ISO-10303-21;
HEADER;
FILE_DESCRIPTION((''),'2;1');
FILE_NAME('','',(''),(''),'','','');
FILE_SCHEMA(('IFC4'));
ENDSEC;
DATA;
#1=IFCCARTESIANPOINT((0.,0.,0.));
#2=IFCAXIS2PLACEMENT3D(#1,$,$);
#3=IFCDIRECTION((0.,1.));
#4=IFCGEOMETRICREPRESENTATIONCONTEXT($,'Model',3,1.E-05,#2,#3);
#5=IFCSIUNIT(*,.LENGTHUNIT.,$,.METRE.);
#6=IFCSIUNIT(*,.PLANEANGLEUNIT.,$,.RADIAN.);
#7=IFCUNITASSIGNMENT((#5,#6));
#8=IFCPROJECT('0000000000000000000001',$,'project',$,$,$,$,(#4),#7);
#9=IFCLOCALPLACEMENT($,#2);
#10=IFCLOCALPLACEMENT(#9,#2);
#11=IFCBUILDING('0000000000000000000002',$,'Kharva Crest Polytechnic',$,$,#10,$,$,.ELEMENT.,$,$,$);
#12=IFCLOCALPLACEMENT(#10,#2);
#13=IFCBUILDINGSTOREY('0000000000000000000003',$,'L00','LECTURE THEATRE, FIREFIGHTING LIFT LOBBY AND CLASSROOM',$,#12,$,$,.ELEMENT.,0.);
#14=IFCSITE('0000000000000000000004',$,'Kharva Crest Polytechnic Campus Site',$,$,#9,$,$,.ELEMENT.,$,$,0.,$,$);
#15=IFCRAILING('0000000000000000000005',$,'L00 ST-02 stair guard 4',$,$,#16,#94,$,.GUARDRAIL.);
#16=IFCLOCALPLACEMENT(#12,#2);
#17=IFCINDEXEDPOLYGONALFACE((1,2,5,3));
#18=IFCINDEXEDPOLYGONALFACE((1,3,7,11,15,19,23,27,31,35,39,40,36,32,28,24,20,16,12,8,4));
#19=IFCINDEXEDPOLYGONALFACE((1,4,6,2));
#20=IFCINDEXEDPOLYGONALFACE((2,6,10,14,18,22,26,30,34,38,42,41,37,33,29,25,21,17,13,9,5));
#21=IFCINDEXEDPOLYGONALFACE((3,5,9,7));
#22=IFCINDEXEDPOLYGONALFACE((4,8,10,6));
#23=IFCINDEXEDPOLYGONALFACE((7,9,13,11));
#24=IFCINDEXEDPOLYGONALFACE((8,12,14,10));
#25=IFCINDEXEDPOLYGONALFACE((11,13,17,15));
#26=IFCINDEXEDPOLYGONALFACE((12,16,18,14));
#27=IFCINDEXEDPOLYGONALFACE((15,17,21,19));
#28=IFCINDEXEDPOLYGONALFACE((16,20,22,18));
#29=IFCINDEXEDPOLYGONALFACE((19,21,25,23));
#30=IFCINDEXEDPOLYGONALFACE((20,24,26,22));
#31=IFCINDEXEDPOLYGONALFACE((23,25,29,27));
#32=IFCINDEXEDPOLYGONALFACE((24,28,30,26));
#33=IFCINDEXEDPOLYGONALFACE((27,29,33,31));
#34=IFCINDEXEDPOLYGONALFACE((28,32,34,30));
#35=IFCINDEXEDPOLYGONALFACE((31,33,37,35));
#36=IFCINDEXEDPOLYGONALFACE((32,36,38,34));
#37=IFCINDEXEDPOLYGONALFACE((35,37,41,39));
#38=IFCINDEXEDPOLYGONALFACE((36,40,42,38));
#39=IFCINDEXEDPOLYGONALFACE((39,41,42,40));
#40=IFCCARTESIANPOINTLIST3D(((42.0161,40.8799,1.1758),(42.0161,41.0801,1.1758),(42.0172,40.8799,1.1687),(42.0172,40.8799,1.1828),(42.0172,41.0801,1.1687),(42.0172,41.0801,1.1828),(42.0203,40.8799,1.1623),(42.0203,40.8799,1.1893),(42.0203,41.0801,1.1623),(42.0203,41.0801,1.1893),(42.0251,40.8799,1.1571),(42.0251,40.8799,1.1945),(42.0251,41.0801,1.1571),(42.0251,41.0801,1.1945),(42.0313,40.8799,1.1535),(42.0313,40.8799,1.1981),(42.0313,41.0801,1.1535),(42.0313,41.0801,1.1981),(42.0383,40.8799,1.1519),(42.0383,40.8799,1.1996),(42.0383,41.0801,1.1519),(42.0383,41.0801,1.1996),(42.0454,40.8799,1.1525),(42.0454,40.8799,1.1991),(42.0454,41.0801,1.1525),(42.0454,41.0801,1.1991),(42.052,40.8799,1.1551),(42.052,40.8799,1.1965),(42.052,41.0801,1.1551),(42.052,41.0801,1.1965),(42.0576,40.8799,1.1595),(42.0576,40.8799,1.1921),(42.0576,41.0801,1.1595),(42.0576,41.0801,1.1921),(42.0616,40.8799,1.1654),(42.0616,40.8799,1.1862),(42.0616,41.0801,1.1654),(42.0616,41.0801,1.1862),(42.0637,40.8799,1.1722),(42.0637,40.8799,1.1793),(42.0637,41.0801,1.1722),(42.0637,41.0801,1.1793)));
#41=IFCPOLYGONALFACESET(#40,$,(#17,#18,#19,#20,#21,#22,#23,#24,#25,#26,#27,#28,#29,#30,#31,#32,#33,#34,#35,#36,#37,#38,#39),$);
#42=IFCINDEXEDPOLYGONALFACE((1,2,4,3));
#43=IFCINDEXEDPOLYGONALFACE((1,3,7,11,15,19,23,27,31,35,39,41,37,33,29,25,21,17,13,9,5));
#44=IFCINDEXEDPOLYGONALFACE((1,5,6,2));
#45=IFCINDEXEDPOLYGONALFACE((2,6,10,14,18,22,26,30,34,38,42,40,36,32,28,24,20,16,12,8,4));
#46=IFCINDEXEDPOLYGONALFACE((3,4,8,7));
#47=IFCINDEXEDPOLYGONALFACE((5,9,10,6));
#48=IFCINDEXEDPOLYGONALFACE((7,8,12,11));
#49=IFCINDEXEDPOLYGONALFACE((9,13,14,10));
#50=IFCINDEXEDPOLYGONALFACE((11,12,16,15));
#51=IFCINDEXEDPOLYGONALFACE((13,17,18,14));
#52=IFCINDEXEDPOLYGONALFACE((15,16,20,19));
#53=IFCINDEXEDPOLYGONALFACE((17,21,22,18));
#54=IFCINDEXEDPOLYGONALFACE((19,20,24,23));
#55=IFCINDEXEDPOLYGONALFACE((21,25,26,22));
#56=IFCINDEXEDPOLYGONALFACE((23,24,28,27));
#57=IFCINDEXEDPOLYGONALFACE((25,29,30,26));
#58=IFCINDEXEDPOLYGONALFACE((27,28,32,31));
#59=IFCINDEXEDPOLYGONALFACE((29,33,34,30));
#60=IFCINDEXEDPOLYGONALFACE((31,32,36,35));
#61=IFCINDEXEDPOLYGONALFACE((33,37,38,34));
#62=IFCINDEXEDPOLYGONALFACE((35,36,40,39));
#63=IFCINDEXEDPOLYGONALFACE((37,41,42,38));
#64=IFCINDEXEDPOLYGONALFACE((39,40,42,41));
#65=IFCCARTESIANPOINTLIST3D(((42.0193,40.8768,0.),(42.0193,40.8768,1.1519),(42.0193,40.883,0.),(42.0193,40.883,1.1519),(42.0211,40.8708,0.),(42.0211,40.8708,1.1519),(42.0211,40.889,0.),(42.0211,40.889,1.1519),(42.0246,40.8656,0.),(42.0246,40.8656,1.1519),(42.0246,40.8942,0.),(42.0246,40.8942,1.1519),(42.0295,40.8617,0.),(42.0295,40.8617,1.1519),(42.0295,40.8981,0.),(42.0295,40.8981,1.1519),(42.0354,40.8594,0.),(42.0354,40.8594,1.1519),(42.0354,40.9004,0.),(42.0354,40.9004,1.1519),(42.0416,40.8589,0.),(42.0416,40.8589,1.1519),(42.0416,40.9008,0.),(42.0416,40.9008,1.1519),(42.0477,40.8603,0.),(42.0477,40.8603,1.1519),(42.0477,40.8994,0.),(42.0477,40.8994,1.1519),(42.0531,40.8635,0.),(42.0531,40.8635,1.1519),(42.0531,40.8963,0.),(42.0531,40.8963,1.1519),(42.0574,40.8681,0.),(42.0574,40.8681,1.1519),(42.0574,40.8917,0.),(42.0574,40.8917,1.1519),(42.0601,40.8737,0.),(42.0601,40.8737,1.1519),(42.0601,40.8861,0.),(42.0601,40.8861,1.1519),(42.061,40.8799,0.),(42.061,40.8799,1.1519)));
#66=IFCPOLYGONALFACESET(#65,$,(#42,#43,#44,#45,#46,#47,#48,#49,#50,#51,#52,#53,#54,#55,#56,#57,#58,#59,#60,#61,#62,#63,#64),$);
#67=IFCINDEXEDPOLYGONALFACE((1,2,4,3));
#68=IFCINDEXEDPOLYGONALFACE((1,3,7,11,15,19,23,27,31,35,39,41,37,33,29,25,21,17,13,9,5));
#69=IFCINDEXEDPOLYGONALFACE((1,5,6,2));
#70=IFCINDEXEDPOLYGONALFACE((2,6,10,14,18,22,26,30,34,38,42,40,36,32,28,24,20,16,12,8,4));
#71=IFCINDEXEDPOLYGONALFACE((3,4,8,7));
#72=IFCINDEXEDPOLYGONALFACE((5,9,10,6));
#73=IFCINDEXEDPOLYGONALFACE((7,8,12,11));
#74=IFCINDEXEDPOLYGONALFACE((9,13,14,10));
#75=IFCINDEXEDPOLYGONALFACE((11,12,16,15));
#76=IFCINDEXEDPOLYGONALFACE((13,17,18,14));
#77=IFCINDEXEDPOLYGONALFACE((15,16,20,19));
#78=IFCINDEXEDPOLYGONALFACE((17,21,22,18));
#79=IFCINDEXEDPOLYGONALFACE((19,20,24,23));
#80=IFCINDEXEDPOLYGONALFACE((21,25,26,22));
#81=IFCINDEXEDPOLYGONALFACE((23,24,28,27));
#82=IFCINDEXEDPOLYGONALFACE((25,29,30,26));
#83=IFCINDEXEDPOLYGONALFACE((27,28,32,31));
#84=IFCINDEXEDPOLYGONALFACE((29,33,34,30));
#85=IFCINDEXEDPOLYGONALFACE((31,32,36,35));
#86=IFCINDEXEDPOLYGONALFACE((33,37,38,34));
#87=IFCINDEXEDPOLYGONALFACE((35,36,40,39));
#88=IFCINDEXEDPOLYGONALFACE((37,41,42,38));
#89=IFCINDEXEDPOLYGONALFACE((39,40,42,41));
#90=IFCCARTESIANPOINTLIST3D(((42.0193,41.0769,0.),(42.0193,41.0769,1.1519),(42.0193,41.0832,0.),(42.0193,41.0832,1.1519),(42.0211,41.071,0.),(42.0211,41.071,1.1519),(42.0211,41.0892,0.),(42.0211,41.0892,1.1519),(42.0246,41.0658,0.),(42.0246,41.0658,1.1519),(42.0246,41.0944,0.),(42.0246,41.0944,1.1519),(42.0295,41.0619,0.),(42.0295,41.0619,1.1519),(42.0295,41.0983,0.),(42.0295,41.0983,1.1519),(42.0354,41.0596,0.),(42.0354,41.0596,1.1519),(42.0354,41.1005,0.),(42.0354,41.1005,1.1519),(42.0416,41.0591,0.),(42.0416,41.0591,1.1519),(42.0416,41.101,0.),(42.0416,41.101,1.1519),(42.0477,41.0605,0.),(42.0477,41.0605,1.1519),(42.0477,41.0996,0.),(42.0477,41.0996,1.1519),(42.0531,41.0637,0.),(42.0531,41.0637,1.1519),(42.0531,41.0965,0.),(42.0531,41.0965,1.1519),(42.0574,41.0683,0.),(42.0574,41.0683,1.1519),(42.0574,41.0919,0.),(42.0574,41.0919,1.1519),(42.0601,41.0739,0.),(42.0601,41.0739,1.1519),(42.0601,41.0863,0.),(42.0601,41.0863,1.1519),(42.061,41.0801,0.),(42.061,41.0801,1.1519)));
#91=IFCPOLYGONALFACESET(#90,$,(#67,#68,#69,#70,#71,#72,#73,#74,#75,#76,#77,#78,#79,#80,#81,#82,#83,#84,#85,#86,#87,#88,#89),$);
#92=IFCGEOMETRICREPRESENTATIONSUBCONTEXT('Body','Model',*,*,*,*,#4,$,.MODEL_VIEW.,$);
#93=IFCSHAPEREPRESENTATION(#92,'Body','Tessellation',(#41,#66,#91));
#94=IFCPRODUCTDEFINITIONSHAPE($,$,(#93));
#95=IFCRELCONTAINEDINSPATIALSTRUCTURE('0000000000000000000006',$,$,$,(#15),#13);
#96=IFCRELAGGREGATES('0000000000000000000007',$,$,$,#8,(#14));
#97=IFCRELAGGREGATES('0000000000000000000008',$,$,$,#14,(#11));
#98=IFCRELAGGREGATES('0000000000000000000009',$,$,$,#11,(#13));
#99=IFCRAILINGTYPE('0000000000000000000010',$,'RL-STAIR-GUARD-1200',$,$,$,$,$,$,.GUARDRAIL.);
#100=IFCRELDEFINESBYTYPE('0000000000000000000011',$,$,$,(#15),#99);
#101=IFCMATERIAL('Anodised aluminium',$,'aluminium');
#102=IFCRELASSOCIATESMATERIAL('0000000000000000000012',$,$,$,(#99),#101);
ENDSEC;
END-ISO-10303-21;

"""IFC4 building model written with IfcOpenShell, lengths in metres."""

from ifc_helpers import new_model, si_unit, direction, frame, origin, origin_2d, place, context, subcontext, project, spatial, circle, extrude, material, type_object, element, save


model = new_model("IFC4")

# Units and contexts
model_context = context("Model", 3, precision=1e-05, world=origin(), true_north=direction((0.0, 1.0)))
body_context = subcontext(model_context, "Body", "Model", "MODEL_VIEW")
ifc_project = project(units=[si_unit("LENGTHUNIT", "METRE"), si_unit("PLANEANGLEUNIT", "RADIAN")], contexts=[model_context])

# Site, building, storey
site_placement = place(None, origin())
site = spatial("IfcSite", under=ifc_project, at=site_placement, Name="Kharva Crest Polytechnic Campus Site", CompositionType="ELEMENT", RefElevation=0.0)
building_placement = place(site_placement, origin())
building = spatial("IfcBuilding", under=site, at=building_placement, Name="Kharva Crest Polytechnic", CompositionType="ELEMENT")
storey_placement = place(building_placement, origin())
storey = spatial("IfcBuildingStorey", under=building, at=storey_placement, Name="L00", Description="LECTURE THEATRE, FIREFIGHTING LIFT LOBBY AND CLASSROOM", CompositionType="ELEMENT", Elevation=0.0)

# Shared definitions
ifc_material_1 = material(Name="Anodised aluminium", Category="aluminium")

# Railing
railing_type_1 = type_object("IfcRailingType", Name="RL-STAIR-GUARD-1200", PredefinedType="GUARDRAIL", material=ifc_material_1)
railing_1_placement = place(storey_placement, frame((42.04, 40.8799, 0.0)))
element("IfcRailing", 1, at=railing_1_placement, inside=storey, type_object=railing_type_1, Name="L00 ST-02 stair guard 4", PredefinedType="GUARDRAIL", context=body_context, shape_type="SweptSolid", body=[
    extrude(circle(Radius=0.0239, at=origin_2d()), frame((0.0, 0.0, 1.1758), z_axis=(0.0, 1.0, 0.0), x_axis=(-1.0, 0.0, 0.0)), (0.0, 0.0, 1.0), 0.2002),
    extrude(circle(Radius=0.021, at=origin_2d()), origin(), (0.0, 0.0, 1.0), 1.1519),
    extrude(circle(Radius=0.021, at=origin_2d()), frame((0.0, 0.2002, 0.0)), (0.0, 0.0, 1.0), 1.1519),
])

save(model, "model.ifc")
